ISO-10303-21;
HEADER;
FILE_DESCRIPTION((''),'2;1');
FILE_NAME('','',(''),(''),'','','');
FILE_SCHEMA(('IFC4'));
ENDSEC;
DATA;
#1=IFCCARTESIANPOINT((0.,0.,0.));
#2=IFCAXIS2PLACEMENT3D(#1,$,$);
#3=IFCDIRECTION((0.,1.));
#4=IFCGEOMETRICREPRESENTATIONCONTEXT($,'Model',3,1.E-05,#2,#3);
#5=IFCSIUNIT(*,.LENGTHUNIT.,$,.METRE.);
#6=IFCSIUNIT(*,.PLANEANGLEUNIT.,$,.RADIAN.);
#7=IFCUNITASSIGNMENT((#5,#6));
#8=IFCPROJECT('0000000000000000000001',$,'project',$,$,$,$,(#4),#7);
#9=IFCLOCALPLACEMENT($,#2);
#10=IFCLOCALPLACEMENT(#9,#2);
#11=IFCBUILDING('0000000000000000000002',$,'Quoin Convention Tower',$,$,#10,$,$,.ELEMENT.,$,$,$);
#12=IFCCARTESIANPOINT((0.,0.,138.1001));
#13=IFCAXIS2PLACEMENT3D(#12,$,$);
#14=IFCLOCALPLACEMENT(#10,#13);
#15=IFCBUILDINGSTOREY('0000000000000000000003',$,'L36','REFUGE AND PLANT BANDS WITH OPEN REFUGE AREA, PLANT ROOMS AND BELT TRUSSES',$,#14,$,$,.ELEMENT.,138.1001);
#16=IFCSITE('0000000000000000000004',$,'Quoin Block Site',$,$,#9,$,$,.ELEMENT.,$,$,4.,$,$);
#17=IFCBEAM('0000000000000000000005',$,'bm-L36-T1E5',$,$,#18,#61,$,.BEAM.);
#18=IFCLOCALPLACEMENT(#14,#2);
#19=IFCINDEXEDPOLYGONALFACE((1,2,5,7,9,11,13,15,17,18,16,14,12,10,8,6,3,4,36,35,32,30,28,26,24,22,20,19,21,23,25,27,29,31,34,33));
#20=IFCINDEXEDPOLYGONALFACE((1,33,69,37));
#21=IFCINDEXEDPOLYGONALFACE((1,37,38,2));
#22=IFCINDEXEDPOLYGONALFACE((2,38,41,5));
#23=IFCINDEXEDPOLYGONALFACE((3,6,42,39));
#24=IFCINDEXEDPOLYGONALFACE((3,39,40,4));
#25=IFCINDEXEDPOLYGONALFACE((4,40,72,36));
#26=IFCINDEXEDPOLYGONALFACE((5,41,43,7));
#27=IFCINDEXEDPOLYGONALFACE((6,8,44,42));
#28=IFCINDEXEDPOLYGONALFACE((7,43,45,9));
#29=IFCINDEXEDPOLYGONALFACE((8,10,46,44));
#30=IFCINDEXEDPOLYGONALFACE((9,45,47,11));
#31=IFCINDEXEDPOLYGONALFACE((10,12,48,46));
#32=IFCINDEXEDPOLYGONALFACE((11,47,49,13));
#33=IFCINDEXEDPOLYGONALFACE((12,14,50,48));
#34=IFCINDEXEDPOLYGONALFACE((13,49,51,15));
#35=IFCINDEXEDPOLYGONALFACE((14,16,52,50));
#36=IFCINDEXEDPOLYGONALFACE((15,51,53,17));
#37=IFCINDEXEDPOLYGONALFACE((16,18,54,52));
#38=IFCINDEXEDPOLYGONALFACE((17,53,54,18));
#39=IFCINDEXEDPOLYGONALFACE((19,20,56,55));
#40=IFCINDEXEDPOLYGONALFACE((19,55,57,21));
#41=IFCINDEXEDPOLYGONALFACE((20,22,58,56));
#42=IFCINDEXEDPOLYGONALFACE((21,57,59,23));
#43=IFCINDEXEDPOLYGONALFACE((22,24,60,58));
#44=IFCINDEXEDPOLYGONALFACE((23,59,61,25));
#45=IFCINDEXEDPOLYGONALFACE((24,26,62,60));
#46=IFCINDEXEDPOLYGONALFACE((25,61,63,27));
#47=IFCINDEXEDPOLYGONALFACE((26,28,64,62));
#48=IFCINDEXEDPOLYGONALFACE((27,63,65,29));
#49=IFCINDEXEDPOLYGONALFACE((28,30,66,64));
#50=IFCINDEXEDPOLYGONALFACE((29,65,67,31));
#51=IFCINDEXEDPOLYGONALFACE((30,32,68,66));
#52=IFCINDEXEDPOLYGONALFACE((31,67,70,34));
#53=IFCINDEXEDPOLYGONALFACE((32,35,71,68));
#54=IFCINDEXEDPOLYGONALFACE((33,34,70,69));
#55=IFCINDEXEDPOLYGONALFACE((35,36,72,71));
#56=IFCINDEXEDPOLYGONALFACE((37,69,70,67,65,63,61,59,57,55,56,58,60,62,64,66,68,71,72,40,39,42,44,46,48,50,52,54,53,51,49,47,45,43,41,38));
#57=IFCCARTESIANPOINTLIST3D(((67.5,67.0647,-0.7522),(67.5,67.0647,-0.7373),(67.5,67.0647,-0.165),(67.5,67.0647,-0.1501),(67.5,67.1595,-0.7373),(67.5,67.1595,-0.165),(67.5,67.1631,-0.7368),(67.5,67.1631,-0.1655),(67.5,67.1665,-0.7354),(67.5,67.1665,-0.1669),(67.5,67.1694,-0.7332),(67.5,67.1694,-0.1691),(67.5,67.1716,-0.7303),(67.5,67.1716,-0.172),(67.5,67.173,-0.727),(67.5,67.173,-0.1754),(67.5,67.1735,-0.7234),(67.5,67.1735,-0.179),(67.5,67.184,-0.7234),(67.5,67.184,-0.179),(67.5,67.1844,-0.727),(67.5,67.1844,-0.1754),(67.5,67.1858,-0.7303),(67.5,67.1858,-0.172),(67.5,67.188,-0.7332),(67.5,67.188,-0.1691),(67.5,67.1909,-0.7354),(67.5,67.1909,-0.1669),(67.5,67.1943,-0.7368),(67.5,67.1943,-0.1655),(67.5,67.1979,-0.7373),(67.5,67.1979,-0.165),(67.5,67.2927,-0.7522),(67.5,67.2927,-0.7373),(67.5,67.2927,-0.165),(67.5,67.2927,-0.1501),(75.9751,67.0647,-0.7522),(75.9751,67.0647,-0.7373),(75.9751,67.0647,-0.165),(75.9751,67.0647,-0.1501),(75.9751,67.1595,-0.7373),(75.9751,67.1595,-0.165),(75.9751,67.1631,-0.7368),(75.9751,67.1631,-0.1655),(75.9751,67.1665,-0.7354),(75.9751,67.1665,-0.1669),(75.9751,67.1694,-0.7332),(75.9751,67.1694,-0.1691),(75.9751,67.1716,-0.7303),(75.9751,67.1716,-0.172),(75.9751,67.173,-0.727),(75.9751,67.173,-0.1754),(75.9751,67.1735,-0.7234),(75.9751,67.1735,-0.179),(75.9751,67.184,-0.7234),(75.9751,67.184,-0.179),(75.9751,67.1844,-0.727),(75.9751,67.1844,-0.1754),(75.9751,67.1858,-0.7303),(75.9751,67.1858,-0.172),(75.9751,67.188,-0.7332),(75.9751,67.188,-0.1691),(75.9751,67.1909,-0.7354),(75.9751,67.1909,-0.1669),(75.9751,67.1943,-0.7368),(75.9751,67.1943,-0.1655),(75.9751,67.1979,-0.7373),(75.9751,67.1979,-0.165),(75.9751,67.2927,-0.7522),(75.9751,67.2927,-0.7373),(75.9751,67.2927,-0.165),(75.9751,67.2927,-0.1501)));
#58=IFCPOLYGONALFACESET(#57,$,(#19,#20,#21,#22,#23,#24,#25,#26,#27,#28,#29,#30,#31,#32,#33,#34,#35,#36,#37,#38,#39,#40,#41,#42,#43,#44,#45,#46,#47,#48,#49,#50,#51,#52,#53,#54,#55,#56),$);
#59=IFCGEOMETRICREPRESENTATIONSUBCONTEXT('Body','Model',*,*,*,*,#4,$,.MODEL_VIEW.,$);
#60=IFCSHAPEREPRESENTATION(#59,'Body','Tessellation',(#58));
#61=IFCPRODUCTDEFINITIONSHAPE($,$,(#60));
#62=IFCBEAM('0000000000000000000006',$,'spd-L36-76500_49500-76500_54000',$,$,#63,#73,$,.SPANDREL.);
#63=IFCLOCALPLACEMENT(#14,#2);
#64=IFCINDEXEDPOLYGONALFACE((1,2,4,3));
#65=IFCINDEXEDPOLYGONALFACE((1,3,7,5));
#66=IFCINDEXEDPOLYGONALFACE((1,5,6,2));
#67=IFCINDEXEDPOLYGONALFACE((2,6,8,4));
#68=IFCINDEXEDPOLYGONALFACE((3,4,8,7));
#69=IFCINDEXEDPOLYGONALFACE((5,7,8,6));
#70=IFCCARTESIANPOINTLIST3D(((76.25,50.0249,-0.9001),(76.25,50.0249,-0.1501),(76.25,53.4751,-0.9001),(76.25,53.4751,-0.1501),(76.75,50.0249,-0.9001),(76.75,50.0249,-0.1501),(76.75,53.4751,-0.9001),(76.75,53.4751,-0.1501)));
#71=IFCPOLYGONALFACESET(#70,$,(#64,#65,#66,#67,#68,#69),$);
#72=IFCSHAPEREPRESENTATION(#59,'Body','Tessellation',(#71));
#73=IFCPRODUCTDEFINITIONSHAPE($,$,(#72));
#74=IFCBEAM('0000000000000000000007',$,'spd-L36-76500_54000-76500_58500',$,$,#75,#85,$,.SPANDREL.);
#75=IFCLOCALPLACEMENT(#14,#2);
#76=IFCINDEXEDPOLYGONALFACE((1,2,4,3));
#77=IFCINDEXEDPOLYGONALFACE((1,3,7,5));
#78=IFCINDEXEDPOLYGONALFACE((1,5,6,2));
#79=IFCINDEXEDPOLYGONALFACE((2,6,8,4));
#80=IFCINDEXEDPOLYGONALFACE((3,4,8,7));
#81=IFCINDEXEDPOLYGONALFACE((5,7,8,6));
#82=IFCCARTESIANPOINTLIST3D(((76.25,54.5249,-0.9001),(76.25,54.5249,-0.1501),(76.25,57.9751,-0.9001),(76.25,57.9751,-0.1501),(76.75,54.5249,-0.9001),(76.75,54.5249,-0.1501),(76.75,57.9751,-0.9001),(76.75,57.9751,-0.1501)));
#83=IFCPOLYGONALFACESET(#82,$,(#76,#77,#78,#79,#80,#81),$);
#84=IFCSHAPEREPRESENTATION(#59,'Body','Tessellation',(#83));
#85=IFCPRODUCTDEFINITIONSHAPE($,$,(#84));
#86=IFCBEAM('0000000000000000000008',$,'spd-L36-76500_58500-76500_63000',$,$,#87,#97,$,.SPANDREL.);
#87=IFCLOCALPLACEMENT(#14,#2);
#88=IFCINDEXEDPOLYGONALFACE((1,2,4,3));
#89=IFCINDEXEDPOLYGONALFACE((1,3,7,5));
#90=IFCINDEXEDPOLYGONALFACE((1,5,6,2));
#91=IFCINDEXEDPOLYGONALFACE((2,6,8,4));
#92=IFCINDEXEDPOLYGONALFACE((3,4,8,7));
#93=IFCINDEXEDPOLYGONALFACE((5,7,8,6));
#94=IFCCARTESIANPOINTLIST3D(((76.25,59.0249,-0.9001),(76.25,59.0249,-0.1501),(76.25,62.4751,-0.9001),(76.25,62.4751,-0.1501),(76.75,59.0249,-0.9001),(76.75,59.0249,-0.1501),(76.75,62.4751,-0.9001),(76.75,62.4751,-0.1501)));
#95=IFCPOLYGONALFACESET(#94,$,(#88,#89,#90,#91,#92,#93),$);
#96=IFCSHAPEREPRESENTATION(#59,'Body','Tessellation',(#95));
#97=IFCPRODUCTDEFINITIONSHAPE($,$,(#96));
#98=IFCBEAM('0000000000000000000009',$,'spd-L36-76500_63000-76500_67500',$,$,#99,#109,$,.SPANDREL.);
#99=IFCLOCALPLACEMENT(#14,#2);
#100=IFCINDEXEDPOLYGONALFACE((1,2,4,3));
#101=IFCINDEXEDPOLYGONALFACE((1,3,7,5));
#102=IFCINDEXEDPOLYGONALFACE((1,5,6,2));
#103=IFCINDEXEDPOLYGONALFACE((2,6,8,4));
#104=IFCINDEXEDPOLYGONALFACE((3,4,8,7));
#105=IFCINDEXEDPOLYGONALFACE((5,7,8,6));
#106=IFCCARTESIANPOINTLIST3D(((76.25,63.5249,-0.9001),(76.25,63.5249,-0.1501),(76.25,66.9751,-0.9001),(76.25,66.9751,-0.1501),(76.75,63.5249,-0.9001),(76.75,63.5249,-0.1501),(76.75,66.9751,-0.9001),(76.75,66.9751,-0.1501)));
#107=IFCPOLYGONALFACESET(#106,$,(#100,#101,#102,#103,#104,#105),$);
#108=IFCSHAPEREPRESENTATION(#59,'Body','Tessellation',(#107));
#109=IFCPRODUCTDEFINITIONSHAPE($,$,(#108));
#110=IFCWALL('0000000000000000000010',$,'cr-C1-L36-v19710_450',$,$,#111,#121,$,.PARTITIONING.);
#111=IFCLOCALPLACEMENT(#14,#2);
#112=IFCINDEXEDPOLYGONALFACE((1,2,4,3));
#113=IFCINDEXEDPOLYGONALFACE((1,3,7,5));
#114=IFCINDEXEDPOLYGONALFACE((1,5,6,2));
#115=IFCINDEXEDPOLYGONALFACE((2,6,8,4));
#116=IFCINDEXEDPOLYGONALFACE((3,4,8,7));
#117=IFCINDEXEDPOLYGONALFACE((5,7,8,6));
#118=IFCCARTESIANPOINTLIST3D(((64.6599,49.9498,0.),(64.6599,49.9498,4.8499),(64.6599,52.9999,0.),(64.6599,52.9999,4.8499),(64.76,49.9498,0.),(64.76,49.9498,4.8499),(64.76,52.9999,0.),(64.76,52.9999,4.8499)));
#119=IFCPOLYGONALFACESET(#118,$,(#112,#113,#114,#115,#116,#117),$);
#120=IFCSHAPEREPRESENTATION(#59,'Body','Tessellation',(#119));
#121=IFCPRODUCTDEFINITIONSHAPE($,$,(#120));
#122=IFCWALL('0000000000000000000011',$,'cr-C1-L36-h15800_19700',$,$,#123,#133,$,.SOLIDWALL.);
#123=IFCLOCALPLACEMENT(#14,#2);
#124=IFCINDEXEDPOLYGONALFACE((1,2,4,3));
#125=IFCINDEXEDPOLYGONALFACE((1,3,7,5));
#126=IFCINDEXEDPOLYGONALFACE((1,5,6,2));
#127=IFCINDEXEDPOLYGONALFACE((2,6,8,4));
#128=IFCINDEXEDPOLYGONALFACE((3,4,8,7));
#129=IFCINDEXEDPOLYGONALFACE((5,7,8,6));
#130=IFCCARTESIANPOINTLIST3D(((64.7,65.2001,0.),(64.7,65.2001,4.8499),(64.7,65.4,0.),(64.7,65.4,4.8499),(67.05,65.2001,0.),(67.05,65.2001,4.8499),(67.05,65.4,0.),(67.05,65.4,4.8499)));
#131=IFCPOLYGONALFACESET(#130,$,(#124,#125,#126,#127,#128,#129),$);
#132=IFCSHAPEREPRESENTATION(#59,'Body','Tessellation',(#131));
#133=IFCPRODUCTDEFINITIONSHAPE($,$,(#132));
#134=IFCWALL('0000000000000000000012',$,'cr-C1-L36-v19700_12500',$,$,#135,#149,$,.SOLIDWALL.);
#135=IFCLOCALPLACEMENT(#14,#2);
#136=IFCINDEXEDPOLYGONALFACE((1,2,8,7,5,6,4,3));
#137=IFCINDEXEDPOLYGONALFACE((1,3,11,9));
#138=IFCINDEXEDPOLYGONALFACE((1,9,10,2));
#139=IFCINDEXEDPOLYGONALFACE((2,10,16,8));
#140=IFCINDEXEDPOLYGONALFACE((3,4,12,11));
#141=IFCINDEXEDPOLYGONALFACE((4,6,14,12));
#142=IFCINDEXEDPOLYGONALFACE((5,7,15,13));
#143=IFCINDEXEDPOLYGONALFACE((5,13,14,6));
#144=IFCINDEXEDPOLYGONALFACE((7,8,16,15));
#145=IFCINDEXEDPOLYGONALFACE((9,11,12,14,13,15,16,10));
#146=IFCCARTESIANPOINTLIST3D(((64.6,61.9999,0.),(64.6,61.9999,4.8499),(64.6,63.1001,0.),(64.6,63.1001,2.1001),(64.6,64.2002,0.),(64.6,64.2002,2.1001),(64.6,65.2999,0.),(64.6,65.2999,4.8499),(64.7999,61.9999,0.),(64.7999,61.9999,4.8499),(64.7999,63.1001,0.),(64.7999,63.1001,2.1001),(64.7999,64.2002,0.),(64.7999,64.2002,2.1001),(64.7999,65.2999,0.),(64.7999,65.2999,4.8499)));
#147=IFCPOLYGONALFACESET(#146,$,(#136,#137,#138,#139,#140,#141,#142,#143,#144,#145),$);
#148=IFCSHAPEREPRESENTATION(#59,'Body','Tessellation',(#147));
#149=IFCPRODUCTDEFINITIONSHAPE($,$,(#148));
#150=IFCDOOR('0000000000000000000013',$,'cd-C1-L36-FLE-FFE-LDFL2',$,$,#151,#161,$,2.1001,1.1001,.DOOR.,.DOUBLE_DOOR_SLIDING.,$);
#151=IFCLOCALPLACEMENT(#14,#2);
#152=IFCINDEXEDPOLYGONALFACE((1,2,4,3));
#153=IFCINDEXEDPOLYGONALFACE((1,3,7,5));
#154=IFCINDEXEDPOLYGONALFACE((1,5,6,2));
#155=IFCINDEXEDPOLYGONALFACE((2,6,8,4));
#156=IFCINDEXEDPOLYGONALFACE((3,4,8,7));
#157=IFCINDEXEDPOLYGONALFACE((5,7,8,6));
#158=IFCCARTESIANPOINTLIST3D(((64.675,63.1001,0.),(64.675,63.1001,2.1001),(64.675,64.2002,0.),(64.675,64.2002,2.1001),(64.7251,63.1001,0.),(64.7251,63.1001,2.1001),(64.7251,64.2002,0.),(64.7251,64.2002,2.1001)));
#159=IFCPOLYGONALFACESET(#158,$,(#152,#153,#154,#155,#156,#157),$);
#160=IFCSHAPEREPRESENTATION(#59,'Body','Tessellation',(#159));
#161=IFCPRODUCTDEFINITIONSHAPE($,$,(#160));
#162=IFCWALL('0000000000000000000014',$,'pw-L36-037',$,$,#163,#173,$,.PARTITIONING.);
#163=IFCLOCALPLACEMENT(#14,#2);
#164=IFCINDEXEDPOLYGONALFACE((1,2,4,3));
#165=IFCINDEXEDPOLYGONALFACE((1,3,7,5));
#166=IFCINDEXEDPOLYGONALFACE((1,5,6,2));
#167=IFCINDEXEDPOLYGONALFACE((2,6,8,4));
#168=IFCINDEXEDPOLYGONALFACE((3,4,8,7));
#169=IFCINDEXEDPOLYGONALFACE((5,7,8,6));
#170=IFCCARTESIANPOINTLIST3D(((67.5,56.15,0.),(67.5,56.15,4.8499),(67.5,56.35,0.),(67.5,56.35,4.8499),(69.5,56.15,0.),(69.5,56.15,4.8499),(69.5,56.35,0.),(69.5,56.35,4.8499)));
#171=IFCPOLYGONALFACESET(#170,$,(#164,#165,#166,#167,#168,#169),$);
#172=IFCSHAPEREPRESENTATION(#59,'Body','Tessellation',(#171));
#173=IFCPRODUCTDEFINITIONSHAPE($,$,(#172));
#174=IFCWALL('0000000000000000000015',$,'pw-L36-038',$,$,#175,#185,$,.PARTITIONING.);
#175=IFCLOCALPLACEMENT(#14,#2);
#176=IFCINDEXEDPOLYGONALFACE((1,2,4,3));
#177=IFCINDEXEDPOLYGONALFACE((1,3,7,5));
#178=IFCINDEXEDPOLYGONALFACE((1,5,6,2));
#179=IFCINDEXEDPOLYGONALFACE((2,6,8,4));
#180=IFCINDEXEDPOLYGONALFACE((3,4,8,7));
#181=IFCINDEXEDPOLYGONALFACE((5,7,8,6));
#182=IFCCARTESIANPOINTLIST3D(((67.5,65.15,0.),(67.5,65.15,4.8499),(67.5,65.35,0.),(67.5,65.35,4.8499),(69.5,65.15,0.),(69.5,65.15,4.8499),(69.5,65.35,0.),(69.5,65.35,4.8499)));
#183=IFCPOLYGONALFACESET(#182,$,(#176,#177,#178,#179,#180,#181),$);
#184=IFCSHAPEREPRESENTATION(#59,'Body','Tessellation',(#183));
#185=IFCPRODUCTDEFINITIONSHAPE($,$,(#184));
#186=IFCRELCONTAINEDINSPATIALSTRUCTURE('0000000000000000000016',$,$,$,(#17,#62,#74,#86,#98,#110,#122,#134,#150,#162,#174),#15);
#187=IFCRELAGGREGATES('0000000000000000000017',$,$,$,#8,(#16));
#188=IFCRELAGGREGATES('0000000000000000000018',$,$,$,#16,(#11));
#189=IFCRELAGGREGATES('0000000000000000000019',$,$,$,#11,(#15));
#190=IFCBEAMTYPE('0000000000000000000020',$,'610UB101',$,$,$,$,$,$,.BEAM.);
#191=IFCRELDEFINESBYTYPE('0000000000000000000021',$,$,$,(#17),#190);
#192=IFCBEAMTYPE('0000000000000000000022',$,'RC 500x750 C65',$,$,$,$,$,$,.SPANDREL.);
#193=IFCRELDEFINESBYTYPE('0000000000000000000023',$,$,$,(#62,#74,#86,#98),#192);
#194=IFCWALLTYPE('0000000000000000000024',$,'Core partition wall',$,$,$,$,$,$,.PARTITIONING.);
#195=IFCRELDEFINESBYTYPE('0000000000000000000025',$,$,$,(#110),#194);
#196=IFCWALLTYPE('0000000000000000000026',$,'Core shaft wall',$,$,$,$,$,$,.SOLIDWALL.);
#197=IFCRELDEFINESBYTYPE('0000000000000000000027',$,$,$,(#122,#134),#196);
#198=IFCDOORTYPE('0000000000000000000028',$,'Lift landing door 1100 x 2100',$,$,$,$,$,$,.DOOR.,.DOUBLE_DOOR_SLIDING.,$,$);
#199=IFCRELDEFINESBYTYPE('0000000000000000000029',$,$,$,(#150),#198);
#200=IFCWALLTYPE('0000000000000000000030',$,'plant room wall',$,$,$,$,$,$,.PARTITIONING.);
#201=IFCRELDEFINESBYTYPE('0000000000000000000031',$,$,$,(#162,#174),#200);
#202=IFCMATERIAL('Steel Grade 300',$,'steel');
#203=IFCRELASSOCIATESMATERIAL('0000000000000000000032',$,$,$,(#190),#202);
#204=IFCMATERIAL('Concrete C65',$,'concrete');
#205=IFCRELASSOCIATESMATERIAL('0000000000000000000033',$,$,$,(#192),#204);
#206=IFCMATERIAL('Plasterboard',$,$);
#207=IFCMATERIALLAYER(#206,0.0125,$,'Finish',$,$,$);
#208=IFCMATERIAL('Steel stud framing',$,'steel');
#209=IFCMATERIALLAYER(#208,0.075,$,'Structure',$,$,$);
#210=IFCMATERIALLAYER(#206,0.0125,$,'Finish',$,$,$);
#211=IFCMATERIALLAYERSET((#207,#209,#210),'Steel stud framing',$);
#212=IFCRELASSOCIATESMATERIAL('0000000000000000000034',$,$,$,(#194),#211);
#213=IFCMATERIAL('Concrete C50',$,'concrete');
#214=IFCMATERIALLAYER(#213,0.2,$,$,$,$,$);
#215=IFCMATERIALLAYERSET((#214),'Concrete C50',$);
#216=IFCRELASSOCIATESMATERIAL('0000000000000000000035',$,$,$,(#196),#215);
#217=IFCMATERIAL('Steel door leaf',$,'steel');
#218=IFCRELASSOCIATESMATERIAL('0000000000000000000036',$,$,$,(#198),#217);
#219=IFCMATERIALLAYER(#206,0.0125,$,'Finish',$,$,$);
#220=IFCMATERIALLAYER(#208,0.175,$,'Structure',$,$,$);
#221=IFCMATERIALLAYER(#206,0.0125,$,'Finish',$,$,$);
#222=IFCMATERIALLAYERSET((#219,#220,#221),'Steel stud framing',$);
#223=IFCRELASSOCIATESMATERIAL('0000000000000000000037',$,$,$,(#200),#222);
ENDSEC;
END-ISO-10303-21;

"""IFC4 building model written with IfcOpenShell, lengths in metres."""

from ifc_helpers import new_model, si_unit, direction, frame, frame_2d, origin, origin_2d, place, context, subcontext, project, spatial, rectangle, i_section, extrude, material, layer, layer_set, material_profile, profile_set, type_object, element, fill, save


model = new_model("IFC4")

# Units and contexts
model_context = context("Model", 3, precision=1e-05, world=origin(), true_north=direction((0.0, 1.0)))
body_context = subcontext(model_context, "Body", "Model", "MODEL_VIEW")
ifc_project = project(units=[si_unit("LENGTHUNIT", "METRE"), si_unit("PLANEANGLEUNIT", "RADIAN")], contexts=[model_context])

# Site, building, storey
site_placement = place(None, origin())
site = spatial("IfcSite", under=ifc_project, at=site_placement, Name="Quoin Block Site", CompositionType="ELEMENT", RefElevation=4.0)
building_placement = place(site_placement, origin())
building = spatial("IfcBuilding", under=site, at=building_placement, Name="Quoin Convention Tower", CompositionType="ELEMENT")
storey_placement = place(building_placement, frame((0.0, 0.0, 138.1001)))
storey = spatial("IfcBuildingStorey", under=building, at=storey_placement, Name="L36", Description="REFUGE AND PLANT BANDS WITH OPEN REFUGE AREA, PLANT ROOMS AND BELT TRUSSES", CompositionType="ELEMENT", Elevation=138.1001)

# Shared definitions
ifc_material_1 = material(Name="Concrete C65", Category="concrete")

# Shared definitions
ifc_material_2 = material(Name="Steel Grade 300", Category="steel")

# Beams
ifc_material_profile_1 = material_profile(ifc_material_2, i_section(OverallWidth=0.228, OverallDepth=0.6021, WebThickness=0.0105, FlangeThickness=0.0149, FilletRadius=0.0139, at=origin_2d()), Name="610UB101")
ifc_profile_set_1 = profile_set([ifc_material_profile_1], Name="Steel Grade 300")
beam_type_1 = type_object("IfcBeamType", Name="610UB101", PredefinedType="BEAM", material=ifc_profile_set_1)
beam_1_placement = place(storey_placement, frame((67.5, 67.1787, -0.4512), z_axis=(1.0, 0.0, 0.0), x_axis=(0.0, 1.0, 0.0)))
element("IfcBeam", 1, at=beam_1_placement, inside=storey, type_object=beam_type_1, Name="bm-L36-T1E5", PredefinedType="BEAM", context=body_context, shape_type="SweptSolid", body=[
    extrude(i_section(OverallWidth=0.228, OverallDepth=0.6021, WebThickness=0.0105, FlangeThickness=0.0149, FilletRadius=0.0139, at=origin_2d()), origin(), (0.0, 0.0, 1.0), 8.4751),
])
ifc_material_profile_2 = material_profile(ifc_material_1, rectangle(XDim=0.5, YDim=0.75, at=origin_2d()), Name="RC 500x750")
ifc_profile_set_2 = profile_set([ifc_material_profile_2], Name="Concrete C65")
beam_type_2 = type_object("IfcBeamType", Name="RC 500x750 C65", PredefinedType="SPANDREL", material=ifc_profile_set_2)
for number, where, z_axis, x_axis, name in (
    (2, (76.5, 50.0249, -0.5251), (0.0, 1.0, 0.0), (-1.0, 0.0, 0.0), "spd-L36-76500_49500-76500_54000"),
    (3, (76.5, 54.5249, -0.5251), (0.0, 1.0, 0.0), (-1.0, 0.0, 0.0), "spd-L36-76500_54000-76500_58500"),
    (4, (76.5, 59.0249, -0.5251), (0.0, 1.0, 0.0), (-1.0, 0.0, 0.0), "spd-L36-76500_58500-76500_63000"),
    (5, (76.5, 63.5249, -0.5251), (0.0, 1.0, 0.0), (-1.0, 0.0, 0.0), "spd-L36-76500_63000-76500_67500"),
):
    element("IfcBeam", number, at=place(storey_placement, frame(where, z_axis=z_axis, x_axis=x_axis)), inside=storey, type_object=beam_type_2, Name=name, PredefinedType="SPANDREL", context=body_context, shape_type="SweptSolid", body=[
        extrude(rectangle(XDim=0.5, YDim=0.75, at=origin_2d()), origin(), (0.0, 0.0, 1.0), 3.4502),
    ])

# Walls
ifc_material_3 = material(Name="Plasterboard")
ifc_layer_1 = layer(ifc_material_3, 0.0125, Name="Finish")
ifc_material_4 = material(Name="Steel stud framing", Category="steel")
ifc_layer_2 = layer(ifc_material_4, 0.075, Name="Structure")
ifc_layer_3 = layer(ifc_material_3, 0.0125, Name="Finish")
ifc_layer_set_1 = layer_set([ifc_layer_1, ifc_layer_2, ifc_layer_3], Name="Steel stud framing")
wall_type_1 = type_object("IfcWallType", Name="Core partition wall", PredefinedType="PARTITIONING", material=ifc_layer_set_1)
wall_1_placement = place(storey_placement, frame((64.71, 49.95, 0.0), z_axis=(0.0, 0.0, 1.0), x_axis=(0.0, 1.0, 0.0)))
element("IfcWall", 6, at=wall_1_placement, inside=storey, type_object=wall_type_1, Name="cr-C1-L36-v19710_450", PredefinedType="PARTITIONING", context=body_context, shape_type="SweptSolid", body=[
    extrude(rectangle(XDim=3.05, YDim=0.1001, at=frame_2d((1.5249, 0.0))), origin(), (0.0, 0.0, 1.0), 4.8499),
])
ifc_material_5 = material(Name="Concrete C50", Category="concrete")
ifc_layer_4 = layer(ifc_material_5, 0.2)
ifc_layer_set_2 = layer_set([ifc_layer_4], Name="Concrete C50")
wall_type_2 = type_object("IfcWallType", Name="Core shaft wall", PredefinedType="SOLIDWALL", material=ifc_layer_set_2)
wall_2_placement = place(storey_placement, frame((64.7, 65.3, 0.0), z_axis=(0.0, 0.0, 1.0), x_axis=(1.0, 0.0, 0.0)))
element("IfcWall", 7, at=wall_2_placement, inside=storey, type_object=wall_type_2, Name="cr-C1-L36-h15800_19700", PredefinedType="SOLIDWALL", context=body_context, shape_type="SweptSolid", body=[
    extrude(rectangle(XDim=2.3501, YDim=0.2, at=frame_2d((1.175, 0.0))), origin(), (0.0, 0.0, 1.0), 4.8499),
])

# Wall, opening, door
wall_3_placement = place(storey_placement, frame((64.7, 62.0, 0.0), z_axis=(0.0, 0.0, 1.0), x_axis=(0.0, 1.0, 0.0)))
wall_3 = element("IfcWall", 8, at=wall_3_placement, inside=storey, type_object=wall_type_2, Name="cr-C1-L36-v19700_12500", PredefinedType="SOLIDWALL", context=body_context, shape_type="SweptSolid", body=[
    extrude(rectangle(XDim=3.3, YDim=0.2, at=frame_2d((1.6499, 0.0))), origin(), (0.0, 0.0, 1.0), 4.8499),
])
opening_placement = place(wall_3_placement, frame((1.1001, 0.0, 0.0)))
opening = element("IfcOpeningElement", 9, at=opening_placement, cuts=wall_3, PredefinedType="OPENING", context=body_context, shape_type="SweptSolid", body=[
    extrude(rectangle(XDim=1.1001, YDim=2.1001, at=frame_2d((0.55, 1.05))), frame((0.0, 0.1099, 0.0), z_axis=(0.0, -1.0, 0.0), x_axis=(1.0, 0.0, 0.0)), (0.0, 0.0, 1.0), 0.22),
])
ifc_material_6 = material(Name="Steel door leaf", Category="steel")
door_type = type_object("IfcDoorType", Name="Lift landing door 1100 x 2100", OperationType="DOUBLE_DOOR_SLIDING", PredefinedType="DOOR", material=ifc_material_6)
door_placement = place(opening_placement, origin())
door = element("IfcDoor", 10, at=door_placement, inside=storey, type_object=door_type, Name="cd-C1-L36-FLE-FFE-LDFL2", OperationType="DOUBLE_DOOR_SLIDING", OverallHeight=2.1001, OverallWidth=1.1001, PredefinedType="DOOR", context=body_context, shape_type="SweptSolid", body=[
    extrude(rectangle(XDim=1.1001, YDim=2.1001, at=frame_2d((0.55, 1.05))), frame((0.0, 0.0249, 0.0), z_axis=(0.0, -1.0, 0.0), x_axis=(1.0, 0.0, 0.0)), (0.0, 0.0, 1.0), 0.05),
])
fill(opening, door)

# Walls
ifc_layer_5 = layer(ifc_material_3, 0.0125, Name="Finish")
ifc_layer_6 = layer(ifc_material_4, 0.175, Name="Structure")
ifc_layer_7 = layer(ifc_material_3, 0.0125, Name="Finish")
ifc_layer_set_3 = layer_set([ifc_layer_5, ifc_layer_6, ifc_layer_7], Name="Steel stud framing")
wall_type_3 = type_object("IfcWallType", Name="plant room wall", PredefinedType="PARTITIONING", material=ifc_layer_set_3)
for number, where, z_axis, x_axis, name in (
    (11, (67.5, 56.25, 0.0), (0.0, 0.0, 1.0), (1.0, 0.0, 0.0), "pw-L36-037"),
    (12, (67.5, 65.25, 0.0), (0.0, 0.0, 1.0), (1.0, 0.0, 0.0), "pw-L36-038"),
):
    element("IfcWall", number, at=place(storey_placement, frame(where, z_axis=z_axis, x_axis=x_axis)), inside=storey, type_object=wall_type_3, Name=name, PredefinedType="PARTITIONING", context=body_context, shape_type="SweptSolid", body=[
        extrude(rectangle(XDim=2.0, YDim=0.2, at=frame_2d((1.0, 0.0))), origin(), (0.0, 0.0, 1.0), 4.8499),
    ])

save(model, "model.ifc")
